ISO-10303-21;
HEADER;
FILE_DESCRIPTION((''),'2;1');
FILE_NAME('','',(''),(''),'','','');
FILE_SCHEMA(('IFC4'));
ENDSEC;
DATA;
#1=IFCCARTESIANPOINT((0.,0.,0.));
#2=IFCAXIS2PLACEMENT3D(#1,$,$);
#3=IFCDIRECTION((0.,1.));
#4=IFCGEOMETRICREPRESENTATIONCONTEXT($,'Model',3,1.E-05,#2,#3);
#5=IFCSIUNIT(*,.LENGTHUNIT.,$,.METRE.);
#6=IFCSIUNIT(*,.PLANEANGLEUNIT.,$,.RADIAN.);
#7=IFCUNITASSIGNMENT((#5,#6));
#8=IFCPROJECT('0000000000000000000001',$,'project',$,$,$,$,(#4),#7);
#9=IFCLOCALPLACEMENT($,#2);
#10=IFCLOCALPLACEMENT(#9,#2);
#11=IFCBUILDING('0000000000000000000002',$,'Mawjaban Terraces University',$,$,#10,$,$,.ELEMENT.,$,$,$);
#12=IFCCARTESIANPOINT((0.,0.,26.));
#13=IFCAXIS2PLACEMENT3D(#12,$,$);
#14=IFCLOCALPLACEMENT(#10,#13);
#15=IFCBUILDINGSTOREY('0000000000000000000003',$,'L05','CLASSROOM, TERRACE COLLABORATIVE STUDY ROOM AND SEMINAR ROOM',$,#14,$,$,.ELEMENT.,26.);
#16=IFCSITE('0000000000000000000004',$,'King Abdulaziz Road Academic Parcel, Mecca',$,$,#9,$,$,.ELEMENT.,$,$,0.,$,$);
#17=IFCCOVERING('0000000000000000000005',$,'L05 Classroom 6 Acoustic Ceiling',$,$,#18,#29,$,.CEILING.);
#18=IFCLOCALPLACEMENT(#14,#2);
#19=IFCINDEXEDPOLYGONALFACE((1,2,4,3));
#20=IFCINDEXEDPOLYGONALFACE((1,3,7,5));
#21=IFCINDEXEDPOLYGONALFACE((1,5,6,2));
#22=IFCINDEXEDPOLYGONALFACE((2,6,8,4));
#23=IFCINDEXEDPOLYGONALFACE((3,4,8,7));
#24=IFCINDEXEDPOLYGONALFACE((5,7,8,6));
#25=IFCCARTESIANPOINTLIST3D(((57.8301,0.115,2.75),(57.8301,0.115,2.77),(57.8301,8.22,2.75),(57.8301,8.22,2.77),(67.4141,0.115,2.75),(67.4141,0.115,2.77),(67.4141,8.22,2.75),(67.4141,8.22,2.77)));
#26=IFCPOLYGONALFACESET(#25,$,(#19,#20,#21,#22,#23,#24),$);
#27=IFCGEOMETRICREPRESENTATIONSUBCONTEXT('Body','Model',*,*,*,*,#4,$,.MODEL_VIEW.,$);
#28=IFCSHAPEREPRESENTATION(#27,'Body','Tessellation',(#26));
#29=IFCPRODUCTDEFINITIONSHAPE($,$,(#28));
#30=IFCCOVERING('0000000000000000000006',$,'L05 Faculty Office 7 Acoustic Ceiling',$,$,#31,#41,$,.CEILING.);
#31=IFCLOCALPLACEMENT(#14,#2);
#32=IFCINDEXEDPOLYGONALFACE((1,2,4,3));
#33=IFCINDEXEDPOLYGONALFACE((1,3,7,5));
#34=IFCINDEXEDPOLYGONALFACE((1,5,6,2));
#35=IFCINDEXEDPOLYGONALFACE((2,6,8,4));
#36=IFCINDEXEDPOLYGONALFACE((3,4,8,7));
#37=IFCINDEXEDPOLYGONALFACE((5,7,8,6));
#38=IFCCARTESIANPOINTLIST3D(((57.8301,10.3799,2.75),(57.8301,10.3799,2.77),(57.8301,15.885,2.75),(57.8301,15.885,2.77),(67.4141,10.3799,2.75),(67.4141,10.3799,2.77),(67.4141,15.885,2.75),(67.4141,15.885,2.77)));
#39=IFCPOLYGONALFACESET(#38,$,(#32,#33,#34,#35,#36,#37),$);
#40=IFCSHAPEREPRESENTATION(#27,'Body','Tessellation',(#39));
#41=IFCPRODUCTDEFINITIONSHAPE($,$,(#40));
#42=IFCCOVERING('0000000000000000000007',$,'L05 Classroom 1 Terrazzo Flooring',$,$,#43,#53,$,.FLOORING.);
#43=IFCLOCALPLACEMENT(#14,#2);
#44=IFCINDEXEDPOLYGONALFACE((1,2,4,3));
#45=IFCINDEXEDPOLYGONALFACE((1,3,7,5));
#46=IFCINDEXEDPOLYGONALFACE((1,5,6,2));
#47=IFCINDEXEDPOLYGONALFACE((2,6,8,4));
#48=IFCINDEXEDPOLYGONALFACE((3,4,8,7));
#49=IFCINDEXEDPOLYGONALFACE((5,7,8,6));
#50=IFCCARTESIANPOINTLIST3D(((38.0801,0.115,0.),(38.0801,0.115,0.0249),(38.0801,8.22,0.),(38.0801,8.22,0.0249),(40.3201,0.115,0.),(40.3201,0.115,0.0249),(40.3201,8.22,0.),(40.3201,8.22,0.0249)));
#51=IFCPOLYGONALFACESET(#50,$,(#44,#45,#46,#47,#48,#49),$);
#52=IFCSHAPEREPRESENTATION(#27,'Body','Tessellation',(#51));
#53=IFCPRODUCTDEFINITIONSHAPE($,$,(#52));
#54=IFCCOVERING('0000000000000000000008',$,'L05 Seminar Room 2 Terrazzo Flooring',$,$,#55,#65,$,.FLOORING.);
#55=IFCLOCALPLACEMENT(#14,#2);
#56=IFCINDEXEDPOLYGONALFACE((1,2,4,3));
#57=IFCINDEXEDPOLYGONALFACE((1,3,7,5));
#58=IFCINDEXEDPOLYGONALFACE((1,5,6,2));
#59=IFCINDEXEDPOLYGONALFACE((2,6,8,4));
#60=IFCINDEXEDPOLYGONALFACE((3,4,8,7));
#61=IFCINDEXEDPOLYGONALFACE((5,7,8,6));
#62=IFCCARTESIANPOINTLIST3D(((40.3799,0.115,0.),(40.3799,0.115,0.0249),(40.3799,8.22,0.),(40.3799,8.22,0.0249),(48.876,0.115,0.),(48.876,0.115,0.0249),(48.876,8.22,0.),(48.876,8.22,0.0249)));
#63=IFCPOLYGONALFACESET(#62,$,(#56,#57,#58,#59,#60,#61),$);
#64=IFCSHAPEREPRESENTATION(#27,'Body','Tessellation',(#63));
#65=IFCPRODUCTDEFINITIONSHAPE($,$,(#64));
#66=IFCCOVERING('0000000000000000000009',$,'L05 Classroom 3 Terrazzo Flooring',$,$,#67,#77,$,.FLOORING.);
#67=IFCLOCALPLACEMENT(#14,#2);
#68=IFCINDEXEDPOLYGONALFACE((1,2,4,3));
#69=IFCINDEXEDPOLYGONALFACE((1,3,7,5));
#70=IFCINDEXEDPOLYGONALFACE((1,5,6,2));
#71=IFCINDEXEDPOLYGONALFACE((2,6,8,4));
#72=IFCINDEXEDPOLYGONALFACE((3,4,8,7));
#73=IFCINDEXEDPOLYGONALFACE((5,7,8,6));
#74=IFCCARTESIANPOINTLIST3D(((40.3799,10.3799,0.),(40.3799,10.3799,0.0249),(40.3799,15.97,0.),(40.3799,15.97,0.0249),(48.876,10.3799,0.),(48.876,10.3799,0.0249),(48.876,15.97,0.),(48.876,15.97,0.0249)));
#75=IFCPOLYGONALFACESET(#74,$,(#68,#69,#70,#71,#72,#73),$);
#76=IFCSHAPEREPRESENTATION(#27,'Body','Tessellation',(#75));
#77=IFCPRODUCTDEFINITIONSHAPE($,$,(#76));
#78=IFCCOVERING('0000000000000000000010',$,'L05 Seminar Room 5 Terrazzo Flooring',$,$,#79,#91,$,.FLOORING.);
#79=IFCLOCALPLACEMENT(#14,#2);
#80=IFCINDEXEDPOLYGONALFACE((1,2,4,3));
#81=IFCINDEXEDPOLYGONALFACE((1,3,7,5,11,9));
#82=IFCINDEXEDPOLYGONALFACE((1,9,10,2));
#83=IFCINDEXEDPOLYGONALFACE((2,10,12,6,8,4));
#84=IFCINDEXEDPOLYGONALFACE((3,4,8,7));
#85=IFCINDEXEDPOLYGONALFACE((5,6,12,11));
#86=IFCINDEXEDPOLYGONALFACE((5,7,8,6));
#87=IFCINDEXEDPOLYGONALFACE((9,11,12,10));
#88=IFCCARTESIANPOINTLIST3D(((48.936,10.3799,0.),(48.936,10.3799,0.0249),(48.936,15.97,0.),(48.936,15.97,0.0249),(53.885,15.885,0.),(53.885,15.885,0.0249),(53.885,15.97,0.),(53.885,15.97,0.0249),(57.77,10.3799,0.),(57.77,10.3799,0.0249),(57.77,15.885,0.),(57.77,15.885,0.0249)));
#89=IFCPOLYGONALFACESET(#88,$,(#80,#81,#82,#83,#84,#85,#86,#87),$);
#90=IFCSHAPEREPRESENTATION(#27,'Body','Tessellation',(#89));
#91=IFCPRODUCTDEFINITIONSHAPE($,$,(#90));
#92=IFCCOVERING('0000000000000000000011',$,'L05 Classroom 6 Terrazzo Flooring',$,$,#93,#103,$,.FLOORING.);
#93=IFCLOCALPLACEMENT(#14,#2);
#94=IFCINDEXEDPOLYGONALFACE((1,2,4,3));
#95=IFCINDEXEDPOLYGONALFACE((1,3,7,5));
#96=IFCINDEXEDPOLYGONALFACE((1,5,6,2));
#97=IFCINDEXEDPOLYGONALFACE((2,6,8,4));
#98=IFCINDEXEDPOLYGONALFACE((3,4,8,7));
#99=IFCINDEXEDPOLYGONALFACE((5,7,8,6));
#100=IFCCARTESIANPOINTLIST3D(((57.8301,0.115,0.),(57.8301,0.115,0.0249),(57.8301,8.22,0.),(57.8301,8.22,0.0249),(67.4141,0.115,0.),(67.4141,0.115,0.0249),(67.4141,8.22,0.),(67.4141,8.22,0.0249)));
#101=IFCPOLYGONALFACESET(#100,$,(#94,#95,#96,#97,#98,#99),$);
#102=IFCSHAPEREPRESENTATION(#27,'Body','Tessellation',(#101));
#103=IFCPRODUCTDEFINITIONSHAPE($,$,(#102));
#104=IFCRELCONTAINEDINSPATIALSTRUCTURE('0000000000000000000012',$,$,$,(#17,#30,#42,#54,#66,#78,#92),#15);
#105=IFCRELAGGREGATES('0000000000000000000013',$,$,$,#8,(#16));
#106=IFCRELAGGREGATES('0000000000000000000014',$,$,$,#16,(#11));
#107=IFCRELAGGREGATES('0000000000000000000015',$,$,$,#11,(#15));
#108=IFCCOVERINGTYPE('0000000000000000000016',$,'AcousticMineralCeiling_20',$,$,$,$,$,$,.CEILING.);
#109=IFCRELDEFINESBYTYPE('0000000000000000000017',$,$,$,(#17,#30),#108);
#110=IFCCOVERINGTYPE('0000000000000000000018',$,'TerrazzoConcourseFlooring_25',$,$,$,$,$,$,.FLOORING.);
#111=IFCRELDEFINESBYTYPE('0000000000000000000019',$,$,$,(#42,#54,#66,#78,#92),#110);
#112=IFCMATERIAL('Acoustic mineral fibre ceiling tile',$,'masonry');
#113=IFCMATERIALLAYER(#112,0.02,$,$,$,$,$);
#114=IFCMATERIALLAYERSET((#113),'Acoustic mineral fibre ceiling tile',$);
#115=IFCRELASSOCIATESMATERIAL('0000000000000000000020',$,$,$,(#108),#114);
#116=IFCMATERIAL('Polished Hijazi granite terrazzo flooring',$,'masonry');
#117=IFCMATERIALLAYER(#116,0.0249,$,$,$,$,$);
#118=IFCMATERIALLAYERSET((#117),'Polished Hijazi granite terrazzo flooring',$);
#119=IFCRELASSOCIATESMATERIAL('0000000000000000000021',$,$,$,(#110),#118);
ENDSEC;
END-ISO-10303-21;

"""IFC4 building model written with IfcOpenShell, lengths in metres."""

from ifc_helpers import new_model, si_unit, direction, frame, origin, place, context, subcontext, project, spatial, polyline, outline, extrude, material, layer, layer_set, type_object, element, save


model = new_model("IFC4")

# Units and contexts
model_context = context("Model", 3, precision=1e-05, world=origin(), true_north=direction((0.0, 1.0)))
body_context = subcontext(model_context, "Body", "Model", "MODEL_VIEW")
ifc_project = project(units=[si_unit("LENGTHUNIT", "METRE"), si_unit("PLANEANGLEUNIT", "RADIAN")], contexts=[model_context])

# Site, building, storey
site_placement = place(None, origin())
site = spatial("IfcSite", under=ifc_project, at=site_placement, Name="King Abdulaziz Road Academic Parcel, Mecca", CompositionType="ELEMENT", RefElevation=0.0)
building_placement = place(site_placement, origin())
building = spatial("IfcBuilding", under=site, at=building_placement, Name="Mawjaban Terraces University", CompositionType="ELEMENT")
storey_placement = place(building_placement, frame((0.0, 0.0, 26.0)))
storey = spatial("IfcBuildingStorey", under=building, at=storey_placement, Name="L05", Description="CLASSROOM, TERRACE COLLABORATIVE STUDY ROOM AND SEMINAR ROOM", CompositionType="ELEMENT", Elevation=26.0)

# Coverings
ifc_material_1 = material(Name="Acoustic mineral fibre ceiling tile", Category="masonry")
ifc_layer_1 = layer(ifc_material_1, 0.02)
ifc_layer_set_1 = layer_set([ifc_layer_1], Name="Acoustic mineral fibre ceiling tile")
covering_type_1 = type_object("IfcCoveringType", Name="AcousticMineralCeiling_20", PredefinedType="CEILING", material=ifc_layer_set_1)
covering_1_placement = place(storey_placement, frame((0.0, 0.0, 2.75)))
element("IfcCovering", 1, at=covering_1_placement, inside=storey, type_object=covering_type_1, Name="L05 Classroom 6 Acoustic Ceiling", PredefinedType="CEILING", context=body_context, shape_type="SweptSolid", body=[
    extrude(outline(polyline([(57.8301, 0.115), (67.4141, 0.115), (67.4141, 8.22), (57.8301, 8.22), (57.8301, 0.115)])), origin(), (0.0, 0.0, 1.0), 0.02),
])
covering_2_placement = place(storey_placement, frame((0.0, 0.0, 2.75)))
element("IfcCovering", 2, at=covering_2_placement, inside=storey, type_object=covering_type_1, Name="L05 Faculty Office 7 Acoustic Ceiling", PredefinedType="CEILING", context=body_context, shape_type="SweptSolid", body=[
    extrude(outline(polyline([(67.4141, 15.885), (57.8301, 15.885), (57.8301, 10.3799), (67.4141, 10.3799), (67.4141, 15.885)])), origin(), (0.0, 0.0, 1.0), 0.02),
])
ifc_material_2 = material(Name="Polished Hijazi granite terrazzo flooring", Category="masonry")
ifc_layer_2 = layer(ifc_material_2, 0.0249)
ifc_layer_set_2 = layer_set([ifc_layer_2], Name="Polished Hijazi granite terrazzo flooring")
covering_type_2 = type_object("IfcCoveringType", Name="TerrazzoConcourseFlooring_25", PredefinedType="FLOORING", material=ifc_layer_set_2)
covering_3_placement = place(storey_placement, origin())
element("IfcCovering", 3, at=covering_3_placement, inside=storey, type_object=covering_type_2, Name="L05 Classroom 1 Terrazzo Flooring", PredefinedType="FLOORING", context=body_context, shape_type="SweptSolid", body=[
    extrude(outline(polyline([(38.0801, 0.115), (40.3201, 0.115), (40.3201, 8.22), (38.0801, 8.22), (38.0801, 0.115)])), origin(), (0.0, 0.0, 1.0), 0.0249),
])
covering_4_placement = place(storey_placement, origin())
element("IfcCovering", 4, at=covering_4_placement, inside=storey, type_object=covering_type_2, Name="L05 Seminar Room 2 Terrazzo Flooring", PredefinedType="FLOORING", context=body_context, shape_type="SweptSolid", body=[
    extrude(outline(polyline([(40.3799, 0.115), (48.876, 0.115), (48.876, 8.22), (40.3799, 8.22), (40.3799, 0.115)])), origin(), (0.0, 0.0, 1.0), 0.0249),
])
covering_5_placement = place(storey_placement, origin())
element("IfcCovering", 5, at=covering_5_placement, inside=storey, type_object=covering_type_2, Name="L05 Classroom 3 Terrazzo Flooring", PredefinedType="FLOORING", context=body_context, shape_type="SweptSolid", body=[
    extrude(outline(polyline([(48.876, 10.3799), (48.876, 15.97), (40.3799, 15.97), (40.3799, 10.3799), (48.876, 10.3799)])), origin(), (0.0, 0.0, 1.0), 0.0249),
])
covering_6_placement = place(storey_placement, origin())
element("IfcCovering", 6, at=covering_6_placement, inside=storey, type_object=covering_type_2, Name="L05 Seminar Room 5 Terrazzo Flooring", PredefinedType="FLOORING", context=body_context, shape_type="SweptSolid", body=[
    extrude(outline(polyline([(57.77, 15.885), (53.885, 15.885), (53.885, 15.97), (48.936, 15.97), (48.936, 10.3799), (57.77, 10.3799), (57.77, 15.885)])), origin(), (0.0, 0.0, 1.0), 0.0249),
])
covering_7_placement = place(storey_placement, origin())
element("IfcCovering", 7, at=covering_7_placement, inside=storey, type_object=covering_type_2, Name="L05 Classroom 6 Terrazzo Flooring", PredefinedType="FLOORING", context=body_context, shape_type="SweptSolid", body=[
    extrude(outline(polyline([(57.8301, 0.115), (67.4141, 0.115), (67.4141, 8.22), (57.8301, 8.22), (57.8301, 0.115)])), origin(), (0.0, 0.0, 1.0), 0.0249),
])

save(model, "model.ifc")
